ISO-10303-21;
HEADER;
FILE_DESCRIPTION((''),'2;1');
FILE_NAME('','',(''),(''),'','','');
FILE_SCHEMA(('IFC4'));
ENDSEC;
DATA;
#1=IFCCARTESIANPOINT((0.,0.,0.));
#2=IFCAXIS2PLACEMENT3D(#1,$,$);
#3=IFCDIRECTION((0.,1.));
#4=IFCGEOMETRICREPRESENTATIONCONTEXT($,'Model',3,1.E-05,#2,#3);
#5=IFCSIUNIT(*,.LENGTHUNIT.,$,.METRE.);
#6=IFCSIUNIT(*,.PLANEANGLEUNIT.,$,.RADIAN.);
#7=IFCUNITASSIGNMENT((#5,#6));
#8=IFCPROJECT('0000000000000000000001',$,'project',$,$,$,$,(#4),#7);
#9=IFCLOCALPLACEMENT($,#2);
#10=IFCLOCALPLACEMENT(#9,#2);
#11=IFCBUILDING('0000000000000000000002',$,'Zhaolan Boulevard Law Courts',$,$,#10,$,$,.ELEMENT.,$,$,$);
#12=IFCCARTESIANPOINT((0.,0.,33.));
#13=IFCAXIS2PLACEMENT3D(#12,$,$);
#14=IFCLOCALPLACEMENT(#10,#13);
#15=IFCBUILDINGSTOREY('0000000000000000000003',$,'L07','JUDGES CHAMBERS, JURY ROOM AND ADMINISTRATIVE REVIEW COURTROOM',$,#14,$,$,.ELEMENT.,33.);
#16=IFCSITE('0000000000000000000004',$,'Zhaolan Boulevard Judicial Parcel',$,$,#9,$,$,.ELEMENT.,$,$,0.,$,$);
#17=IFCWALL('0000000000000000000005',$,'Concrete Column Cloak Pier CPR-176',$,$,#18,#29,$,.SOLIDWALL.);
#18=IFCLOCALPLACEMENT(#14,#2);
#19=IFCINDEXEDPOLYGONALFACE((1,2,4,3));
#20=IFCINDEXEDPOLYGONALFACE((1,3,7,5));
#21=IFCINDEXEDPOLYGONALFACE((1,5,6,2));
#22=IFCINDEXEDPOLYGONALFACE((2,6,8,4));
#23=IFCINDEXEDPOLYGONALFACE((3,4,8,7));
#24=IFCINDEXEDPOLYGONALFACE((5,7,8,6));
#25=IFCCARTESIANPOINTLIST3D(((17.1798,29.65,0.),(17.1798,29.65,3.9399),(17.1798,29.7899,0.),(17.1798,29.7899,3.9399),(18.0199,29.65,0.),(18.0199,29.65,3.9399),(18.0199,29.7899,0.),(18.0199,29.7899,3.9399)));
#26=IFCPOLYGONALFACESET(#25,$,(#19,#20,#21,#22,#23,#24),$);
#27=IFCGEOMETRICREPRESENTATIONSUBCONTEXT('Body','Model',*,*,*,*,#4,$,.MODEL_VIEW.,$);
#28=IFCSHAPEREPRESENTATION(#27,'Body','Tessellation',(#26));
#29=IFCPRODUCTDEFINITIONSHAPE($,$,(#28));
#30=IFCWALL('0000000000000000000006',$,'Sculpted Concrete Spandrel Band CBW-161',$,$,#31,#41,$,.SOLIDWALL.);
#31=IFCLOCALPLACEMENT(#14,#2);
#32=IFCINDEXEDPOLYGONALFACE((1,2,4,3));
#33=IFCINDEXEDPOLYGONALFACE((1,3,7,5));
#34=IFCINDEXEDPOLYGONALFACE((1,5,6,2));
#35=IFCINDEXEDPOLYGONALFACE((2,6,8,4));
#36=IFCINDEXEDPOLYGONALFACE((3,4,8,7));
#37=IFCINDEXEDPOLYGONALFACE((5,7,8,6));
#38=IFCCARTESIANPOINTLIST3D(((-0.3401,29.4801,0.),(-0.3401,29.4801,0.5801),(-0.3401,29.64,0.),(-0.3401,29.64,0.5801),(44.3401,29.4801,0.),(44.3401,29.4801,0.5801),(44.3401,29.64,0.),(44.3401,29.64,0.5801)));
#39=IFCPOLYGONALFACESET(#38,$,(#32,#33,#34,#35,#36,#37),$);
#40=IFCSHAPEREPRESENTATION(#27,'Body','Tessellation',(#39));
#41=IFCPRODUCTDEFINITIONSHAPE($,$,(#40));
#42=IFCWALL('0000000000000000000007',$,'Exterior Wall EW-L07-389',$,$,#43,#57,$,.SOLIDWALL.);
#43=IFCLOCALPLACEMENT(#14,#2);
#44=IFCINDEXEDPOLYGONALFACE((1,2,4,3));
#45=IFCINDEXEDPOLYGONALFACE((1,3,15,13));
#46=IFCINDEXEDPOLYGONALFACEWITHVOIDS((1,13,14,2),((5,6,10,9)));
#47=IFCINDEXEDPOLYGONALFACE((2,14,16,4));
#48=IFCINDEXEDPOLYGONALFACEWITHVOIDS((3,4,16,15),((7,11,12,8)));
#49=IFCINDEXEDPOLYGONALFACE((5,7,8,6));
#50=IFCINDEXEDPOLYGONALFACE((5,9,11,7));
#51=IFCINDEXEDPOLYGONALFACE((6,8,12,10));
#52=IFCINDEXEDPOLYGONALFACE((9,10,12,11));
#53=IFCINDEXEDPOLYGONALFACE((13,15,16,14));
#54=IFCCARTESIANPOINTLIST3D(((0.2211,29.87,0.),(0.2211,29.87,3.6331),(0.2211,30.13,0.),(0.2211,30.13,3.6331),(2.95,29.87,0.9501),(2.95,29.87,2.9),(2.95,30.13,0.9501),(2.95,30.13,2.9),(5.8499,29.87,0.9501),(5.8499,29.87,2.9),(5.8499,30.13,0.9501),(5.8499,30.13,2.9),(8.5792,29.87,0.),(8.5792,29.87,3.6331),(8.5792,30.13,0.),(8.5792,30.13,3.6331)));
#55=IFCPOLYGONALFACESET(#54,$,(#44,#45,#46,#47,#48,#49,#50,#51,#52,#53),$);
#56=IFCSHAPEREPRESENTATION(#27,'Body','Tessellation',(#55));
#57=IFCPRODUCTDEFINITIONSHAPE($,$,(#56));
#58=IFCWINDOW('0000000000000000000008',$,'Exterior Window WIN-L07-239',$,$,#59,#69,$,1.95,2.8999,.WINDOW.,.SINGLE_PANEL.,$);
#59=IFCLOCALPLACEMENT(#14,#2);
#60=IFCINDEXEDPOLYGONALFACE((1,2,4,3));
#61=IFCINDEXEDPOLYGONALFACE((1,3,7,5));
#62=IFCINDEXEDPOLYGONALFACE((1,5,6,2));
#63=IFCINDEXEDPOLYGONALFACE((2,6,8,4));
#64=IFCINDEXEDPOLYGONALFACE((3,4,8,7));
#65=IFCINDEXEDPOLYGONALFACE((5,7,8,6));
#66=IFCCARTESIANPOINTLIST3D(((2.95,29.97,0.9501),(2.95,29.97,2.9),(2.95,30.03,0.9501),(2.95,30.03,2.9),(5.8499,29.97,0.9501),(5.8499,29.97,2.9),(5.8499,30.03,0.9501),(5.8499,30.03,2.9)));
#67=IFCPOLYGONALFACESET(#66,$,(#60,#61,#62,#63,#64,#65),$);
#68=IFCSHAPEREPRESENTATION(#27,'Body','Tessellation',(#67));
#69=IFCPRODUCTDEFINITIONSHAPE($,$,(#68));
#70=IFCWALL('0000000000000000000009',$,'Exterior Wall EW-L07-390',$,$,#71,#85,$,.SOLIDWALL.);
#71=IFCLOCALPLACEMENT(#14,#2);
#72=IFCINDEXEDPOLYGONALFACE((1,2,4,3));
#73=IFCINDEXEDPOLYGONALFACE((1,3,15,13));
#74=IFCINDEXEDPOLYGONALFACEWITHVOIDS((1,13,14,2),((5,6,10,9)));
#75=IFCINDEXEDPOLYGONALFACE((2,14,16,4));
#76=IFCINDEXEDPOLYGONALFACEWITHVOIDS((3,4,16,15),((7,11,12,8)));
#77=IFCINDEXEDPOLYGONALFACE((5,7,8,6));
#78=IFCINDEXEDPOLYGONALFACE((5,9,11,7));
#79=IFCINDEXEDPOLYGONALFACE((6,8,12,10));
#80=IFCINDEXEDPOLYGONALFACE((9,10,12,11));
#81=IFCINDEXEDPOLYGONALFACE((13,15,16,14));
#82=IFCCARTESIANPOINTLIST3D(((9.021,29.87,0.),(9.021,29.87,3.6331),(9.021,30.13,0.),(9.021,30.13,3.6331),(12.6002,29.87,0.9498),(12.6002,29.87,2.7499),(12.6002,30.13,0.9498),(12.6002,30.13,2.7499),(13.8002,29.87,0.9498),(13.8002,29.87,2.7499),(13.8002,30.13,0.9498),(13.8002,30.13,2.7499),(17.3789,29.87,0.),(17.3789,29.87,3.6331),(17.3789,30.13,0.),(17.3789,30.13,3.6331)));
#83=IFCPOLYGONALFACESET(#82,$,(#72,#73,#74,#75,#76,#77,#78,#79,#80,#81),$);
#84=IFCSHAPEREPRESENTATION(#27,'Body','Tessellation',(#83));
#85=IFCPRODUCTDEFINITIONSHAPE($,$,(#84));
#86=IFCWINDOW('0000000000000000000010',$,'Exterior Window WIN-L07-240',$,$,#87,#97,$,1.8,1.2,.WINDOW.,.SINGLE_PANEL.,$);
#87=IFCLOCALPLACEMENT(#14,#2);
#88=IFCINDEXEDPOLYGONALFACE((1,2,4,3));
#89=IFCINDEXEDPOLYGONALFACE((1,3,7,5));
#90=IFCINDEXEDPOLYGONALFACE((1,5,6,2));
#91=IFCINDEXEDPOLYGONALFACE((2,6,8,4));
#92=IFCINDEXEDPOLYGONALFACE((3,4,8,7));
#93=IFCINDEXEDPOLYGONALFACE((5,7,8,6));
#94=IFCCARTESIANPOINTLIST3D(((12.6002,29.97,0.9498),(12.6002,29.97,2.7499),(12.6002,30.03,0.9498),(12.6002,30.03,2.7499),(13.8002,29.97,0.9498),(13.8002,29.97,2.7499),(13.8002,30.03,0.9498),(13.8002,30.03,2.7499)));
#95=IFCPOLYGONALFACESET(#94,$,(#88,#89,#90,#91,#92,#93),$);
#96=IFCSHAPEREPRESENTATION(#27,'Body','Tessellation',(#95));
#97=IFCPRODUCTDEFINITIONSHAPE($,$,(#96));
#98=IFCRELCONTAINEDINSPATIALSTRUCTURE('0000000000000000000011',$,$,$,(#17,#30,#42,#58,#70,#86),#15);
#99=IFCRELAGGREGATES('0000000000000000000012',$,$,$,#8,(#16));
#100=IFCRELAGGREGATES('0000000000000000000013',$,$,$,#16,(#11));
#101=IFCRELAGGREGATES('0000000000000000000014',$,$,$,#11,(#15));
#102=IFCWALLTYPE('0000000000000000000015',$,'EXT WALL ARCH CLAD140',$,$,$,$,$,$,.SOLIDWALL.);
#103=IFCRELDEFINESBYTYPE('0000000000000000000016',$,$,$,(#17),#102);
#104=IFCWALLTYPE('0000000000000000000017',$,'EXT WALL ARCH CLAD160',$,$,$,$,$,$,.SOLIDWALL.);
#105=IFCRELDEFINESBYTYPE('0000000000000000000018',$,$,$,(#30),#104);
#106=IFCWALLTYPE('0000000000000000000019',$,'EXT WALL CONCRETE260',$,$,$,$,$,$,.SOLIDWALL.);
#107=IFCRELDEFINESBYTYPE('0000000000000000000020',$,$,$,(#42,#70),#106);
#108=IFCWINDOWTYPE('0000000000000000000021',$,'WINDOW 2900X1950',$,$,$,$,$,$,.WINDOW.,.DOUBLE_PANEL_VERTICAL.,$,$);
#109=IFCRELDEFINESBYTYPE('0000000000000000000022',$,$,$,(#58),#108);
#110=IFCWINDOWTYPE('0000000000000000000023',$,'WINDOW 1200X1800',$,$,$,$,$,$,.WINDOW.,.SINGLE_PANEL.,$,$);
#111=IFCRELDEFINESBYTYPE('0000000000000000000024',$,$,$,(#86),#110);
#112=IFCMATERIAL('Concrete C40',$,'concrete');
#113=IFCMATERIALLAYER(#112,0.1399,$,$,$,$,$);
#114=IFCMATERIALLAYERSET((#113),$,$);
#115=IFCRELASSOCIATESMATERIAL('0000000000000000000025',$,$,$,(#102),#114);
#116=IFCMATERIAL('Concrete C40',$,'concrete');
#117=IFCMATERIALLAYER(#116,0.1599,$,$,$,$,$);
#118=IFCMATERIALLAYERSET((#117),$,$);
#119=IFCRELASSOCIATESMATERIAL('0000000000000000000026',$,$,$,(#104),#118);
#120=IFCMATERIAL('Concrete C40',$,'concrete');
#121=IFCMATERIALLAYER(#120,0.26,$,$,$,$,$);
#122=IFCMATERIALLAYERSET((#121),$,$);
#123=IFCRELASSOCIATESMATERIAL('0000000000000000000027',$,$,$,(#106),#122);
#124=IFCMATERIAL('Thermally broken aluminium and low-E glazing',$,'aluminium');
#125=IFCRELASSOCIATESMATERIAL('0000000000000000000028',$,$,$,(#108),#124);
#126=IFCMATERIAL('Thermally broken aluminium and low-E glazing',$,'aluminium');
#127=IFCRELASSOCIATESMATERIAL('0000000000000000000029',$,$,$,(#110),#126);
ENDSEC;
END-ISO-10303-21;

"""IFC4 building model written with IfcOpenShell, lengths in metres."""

from ifc_helpers import new_model, si_unit, direction, frame, frame_2d, origin, place, context, subcontext, project, spatial, rectangle, extrude, material, layer, layer_set, type_object, element, fill, save


model = new_model("IFC4")

# Units and contexts
model_context = context("Model", 3, precision=1e-05, world=origin(), true_north=direction((0.0, 1.0)))
body_context = subcontext(model_context, "Body", "Model", "MODEL_VIEW")
ifc_project = project(units=[si_unit("LENGTHUNIT", "METRE"), si_unit("PLANEANGLEUNIT", "RADIAN")], contexts=[model_context])

# Site, building, storey
site_placement = place(None, origin())
site = spatial("IfcSite", under=ifc_project, at=site_placement, Name="Zhaolan Boulevard Judicial Parcel", CompositionType="ELEMENT", RefElevation=0.0)
building_placement = place(site_placement, origin())
building = spatial("IfcBuilding", under=site, at=building_placement, Name="Zhaolan Boulevard Law Courts", CompositionType="ELEMENT")
storey_placement = place(building_placement, frame((0.0, 0.0, 33.0)))
storey = spatial("IfcBuildingStorey", under=building, at=storey_placement, Name="L07", Description="JUDGES CHAMBERS, JURY ROOM AND ADMINISTRATIVE REVIEW COURTROOM", CompositionType="ELEMENT", Elevation=33.0)

# Walls
ifc_material_1 = material(Name="Concrete C40", Category="concrete")
ifc_layer_1 = layer(ifc_material_1, 0.1399)
ifc_layer_set_1 = layer_set([ifc_layer_1])
wall_type_1 = type_object("IfcWallType", Name="EXT WALL ARCH CLAD140", PredefinedType="SOLIDWALL", material=ifc_layer_set_1)
for number, where, z_axis, x_axis, name in (
    (1, (17.1799, 29.72, 0.0), (0.0, 0.0, 1.0), (1.0, 0.0, 0.0), "Concrete Column Cloak Pier CPR-176"),
):
    element("IfcWall", number, at=place(storey_placement, frame(where, z_axis=z_axis, x_axis=x_axis)), inside=storey, type_object=wall_type_1, Name=name, PredefinedType="SOLIDWALL", context=body_context, shape_type="SweptSolid", body=[
        extrude(rectangle(XDim=0.8401, YDim=0.1399, at=frame_2d((0.4199, 0.0))), origin(), (0.0, 0.0, 1.0), 3.9399),
    ])
ifc_material_2 = material(Name="Concrete C40", Category="concrete")
ifc_layer_2 = layer(ifc_material_2, 0.1599)
ifc_layer_set_2 = layer_set([ifc_layer_2])
wall_type_2 = type_object("IfcWallType", Name="EXT WALL ARCH CLAD160", PredefinedType="SOLIDWALL", material=ifc_layer_set_2)
wall_1_placement = place(storey_placement, frame((-0.3401, 29.5601, 0.0), z_axis=(0.0, 0.0, 1.0), x_axis=(1.0, 0.0, 0.0)))
element("IfcWall", 2, at=wall_1_placement, inside=storey, type_object=wall_type_2, Name="Sculpted Concrete Spandrel Band CBW-161", PredefinedType="SOLIDWALL", context=body_context, shape_type="SweptSolid", body=[
    extrude(rectangle(XDim=44.6802, YDim=0.1599, at=frame_2d((22.3401, 0.0))), origin(), (0.0, 0.0, 1.0), 0.5801),
])

# Walls, openings, windows
ifc_material_3 = material(Name="Concrete C40", Category="concrete")
ifc_layer_3 = layer(ifc_material_3, 0.26)
ifc_layer_set_3 = layer_set([ifc_layer_3])
wall_type_3 = type_object("IfcWallType", Name="EXT WALL CONCRETE260", PredefinedType="SOLIDWALL", material=ifc_layer_set_3)
wall_2_placement = place(storey_placement, frame((0.2209, 30.0, 0.0), z_axis=(0.0, 0.0, 1.0), x_axis=(1.0, 0.0, 0.0)))
wall_2 = element("IfcWall", 3, at=wall_2_placement, inside=storey, type_object=wall_type_3, Name="Exterior Wall EW-L07-389", PredefinedType="SOLIDWALL", context=body_context, shape_type="SweptSolid", body=[
    extrude(rectangle(XDim=8.3582, YDim=0.26, at=frame_2d((4.1792, 0.0))), origin(), (0.0, 0.0, 1.0), 3.6331),
])
opening_1_placement = place(wall_2_placement, frame((2.729, 0.0, 0.95)))
opening_1 = element("IfcOpeningElement", 4, at=opening_1_placement, cuts=wall_2, PredefinedType="OPENING", context=body_context, shape_type="SweptSolid", body=[
    extrude(rectangle(XDim=2.8999, YDim=1.95, at=frame_2d((1.45, 0.9751))), frame((0.0, 0.1399, 0.0), z_axis=(0.0, -1.0, 0.0), x_axis=(1.0, 0.0, 0.0)), (0.0, 0.0, 1.0), 0.28),
])
ifc_material_4 = material(Name="Thermally broken aluminium and low-E glazing", Category="aluminium")
window_type_1 = type_object("IfcWindowType", Name="WINDOW 2900X1950", PartitioningType="DOUBLE_PANEL_VERTICAL", PredefinedType="WINDOW", material=ifc_material_4)
window_1_placement = place(opening_1_placement, origin())
window_1 = element("IfcWindow", 5, at=window_1_placement, inside=storey, type_object=window_type_1, Name="Exterior Window WIN-L07-239", OverallHeight=1.95, OverallWidth=2.8999, PartitioningType="SINGLE_PANEL", PredefinedType="WINDOW", context=body_context, shape_type="SweptSolid", body=[
    extrude(rectangle(XDim=2.8999, YDim=1.95, at=frame_2d((1.45, 0.9751))), frame((0.0, 0.03, 0.0), z_axis=(0.0, -1.0, 0.0), x_axis=(1.0, 0.0, 0.0)), (0.0, 0.0, 1.0), 0.0601),
])
fill(opening_1, window_1)
wall_3_placement = place(storey_placement, frame((9.021, 30.0, 0.0), z_axis=(0.0, 0.0, 1.0), x_axis=(1.0, 0.0, 0.0)))
wall_3 = element("IfcWall", 6, at=wall_3_placement, inside=storey, type_object=wall_type_3, Name="Exterior Wall EW-L07-390", PredefinedType="SOLIDWALL", context=body_context, shape_type="SweptSolid", body=[
    extrude(rectangle(XDim=8.3579, YDim=0.26, at=frame_2d((4.179, 0.0))), origin(), (0.0, 0.0, 1.0), 3.6331),
])
opening_2_placement = place(wall_3_placement, frame((3.5791, 0.0, 0.95)))
opening_2 = element("IfcOpeningElement", 7, at=opening_2_placement, cuts=wall_3, PredefinedType="OPENING", context=body_context, shape_type="SweptSolid", body=[
    extrude(rectangle(XDim=1.2, YDim=1.8, at=frame_2d((0.6001, 0.8999))), frame((0.0, 0.1399, 0.0), z_axis=(0.0, -1.0, 0.0), x_axis=(1.0, 0.0, 0.0)), (0.0, 0.0, 1.0), 0.28),
])
ifc_material_5 = material(Name="Thermally broken aluminium and low-E glazing", Category="aluminium")
window_type_2 = type_object("IfcWindowType", Name="WINDOW 1200X1800", PartitioningType="SINGLE_PANEL", PredefinedType="WINDOW", material=ifc_material_5)
window_2_placement = place(opening_2_placement, origin())
window_2 = element("IfcWindow", 8, at=window_2_placement, inside=storey, type_object=window_type_2, Name="Exterior Window WIN-L07-240", OverallHeight=1.8, OverallWidth=1.2, PartitioningType="SINGLE_PANEL", PredefinedType="WINDOW", context=body_context, shape_type="SweptSolid", body=[
    extrude(rectangle(XDim=1.2, YDim=1.8, at=frame_2d((0.6001, 0.8999))), frame((0.0, 0.03, 0.0), z_axis=(0.0, -1.0, 0.0), x_axis=(1.0, 0.0, 0.0)), (0.0, 0.0, 1.0), 0.0601),
])
fill(opening_2, window_2)

save(model, "model.ifc")
